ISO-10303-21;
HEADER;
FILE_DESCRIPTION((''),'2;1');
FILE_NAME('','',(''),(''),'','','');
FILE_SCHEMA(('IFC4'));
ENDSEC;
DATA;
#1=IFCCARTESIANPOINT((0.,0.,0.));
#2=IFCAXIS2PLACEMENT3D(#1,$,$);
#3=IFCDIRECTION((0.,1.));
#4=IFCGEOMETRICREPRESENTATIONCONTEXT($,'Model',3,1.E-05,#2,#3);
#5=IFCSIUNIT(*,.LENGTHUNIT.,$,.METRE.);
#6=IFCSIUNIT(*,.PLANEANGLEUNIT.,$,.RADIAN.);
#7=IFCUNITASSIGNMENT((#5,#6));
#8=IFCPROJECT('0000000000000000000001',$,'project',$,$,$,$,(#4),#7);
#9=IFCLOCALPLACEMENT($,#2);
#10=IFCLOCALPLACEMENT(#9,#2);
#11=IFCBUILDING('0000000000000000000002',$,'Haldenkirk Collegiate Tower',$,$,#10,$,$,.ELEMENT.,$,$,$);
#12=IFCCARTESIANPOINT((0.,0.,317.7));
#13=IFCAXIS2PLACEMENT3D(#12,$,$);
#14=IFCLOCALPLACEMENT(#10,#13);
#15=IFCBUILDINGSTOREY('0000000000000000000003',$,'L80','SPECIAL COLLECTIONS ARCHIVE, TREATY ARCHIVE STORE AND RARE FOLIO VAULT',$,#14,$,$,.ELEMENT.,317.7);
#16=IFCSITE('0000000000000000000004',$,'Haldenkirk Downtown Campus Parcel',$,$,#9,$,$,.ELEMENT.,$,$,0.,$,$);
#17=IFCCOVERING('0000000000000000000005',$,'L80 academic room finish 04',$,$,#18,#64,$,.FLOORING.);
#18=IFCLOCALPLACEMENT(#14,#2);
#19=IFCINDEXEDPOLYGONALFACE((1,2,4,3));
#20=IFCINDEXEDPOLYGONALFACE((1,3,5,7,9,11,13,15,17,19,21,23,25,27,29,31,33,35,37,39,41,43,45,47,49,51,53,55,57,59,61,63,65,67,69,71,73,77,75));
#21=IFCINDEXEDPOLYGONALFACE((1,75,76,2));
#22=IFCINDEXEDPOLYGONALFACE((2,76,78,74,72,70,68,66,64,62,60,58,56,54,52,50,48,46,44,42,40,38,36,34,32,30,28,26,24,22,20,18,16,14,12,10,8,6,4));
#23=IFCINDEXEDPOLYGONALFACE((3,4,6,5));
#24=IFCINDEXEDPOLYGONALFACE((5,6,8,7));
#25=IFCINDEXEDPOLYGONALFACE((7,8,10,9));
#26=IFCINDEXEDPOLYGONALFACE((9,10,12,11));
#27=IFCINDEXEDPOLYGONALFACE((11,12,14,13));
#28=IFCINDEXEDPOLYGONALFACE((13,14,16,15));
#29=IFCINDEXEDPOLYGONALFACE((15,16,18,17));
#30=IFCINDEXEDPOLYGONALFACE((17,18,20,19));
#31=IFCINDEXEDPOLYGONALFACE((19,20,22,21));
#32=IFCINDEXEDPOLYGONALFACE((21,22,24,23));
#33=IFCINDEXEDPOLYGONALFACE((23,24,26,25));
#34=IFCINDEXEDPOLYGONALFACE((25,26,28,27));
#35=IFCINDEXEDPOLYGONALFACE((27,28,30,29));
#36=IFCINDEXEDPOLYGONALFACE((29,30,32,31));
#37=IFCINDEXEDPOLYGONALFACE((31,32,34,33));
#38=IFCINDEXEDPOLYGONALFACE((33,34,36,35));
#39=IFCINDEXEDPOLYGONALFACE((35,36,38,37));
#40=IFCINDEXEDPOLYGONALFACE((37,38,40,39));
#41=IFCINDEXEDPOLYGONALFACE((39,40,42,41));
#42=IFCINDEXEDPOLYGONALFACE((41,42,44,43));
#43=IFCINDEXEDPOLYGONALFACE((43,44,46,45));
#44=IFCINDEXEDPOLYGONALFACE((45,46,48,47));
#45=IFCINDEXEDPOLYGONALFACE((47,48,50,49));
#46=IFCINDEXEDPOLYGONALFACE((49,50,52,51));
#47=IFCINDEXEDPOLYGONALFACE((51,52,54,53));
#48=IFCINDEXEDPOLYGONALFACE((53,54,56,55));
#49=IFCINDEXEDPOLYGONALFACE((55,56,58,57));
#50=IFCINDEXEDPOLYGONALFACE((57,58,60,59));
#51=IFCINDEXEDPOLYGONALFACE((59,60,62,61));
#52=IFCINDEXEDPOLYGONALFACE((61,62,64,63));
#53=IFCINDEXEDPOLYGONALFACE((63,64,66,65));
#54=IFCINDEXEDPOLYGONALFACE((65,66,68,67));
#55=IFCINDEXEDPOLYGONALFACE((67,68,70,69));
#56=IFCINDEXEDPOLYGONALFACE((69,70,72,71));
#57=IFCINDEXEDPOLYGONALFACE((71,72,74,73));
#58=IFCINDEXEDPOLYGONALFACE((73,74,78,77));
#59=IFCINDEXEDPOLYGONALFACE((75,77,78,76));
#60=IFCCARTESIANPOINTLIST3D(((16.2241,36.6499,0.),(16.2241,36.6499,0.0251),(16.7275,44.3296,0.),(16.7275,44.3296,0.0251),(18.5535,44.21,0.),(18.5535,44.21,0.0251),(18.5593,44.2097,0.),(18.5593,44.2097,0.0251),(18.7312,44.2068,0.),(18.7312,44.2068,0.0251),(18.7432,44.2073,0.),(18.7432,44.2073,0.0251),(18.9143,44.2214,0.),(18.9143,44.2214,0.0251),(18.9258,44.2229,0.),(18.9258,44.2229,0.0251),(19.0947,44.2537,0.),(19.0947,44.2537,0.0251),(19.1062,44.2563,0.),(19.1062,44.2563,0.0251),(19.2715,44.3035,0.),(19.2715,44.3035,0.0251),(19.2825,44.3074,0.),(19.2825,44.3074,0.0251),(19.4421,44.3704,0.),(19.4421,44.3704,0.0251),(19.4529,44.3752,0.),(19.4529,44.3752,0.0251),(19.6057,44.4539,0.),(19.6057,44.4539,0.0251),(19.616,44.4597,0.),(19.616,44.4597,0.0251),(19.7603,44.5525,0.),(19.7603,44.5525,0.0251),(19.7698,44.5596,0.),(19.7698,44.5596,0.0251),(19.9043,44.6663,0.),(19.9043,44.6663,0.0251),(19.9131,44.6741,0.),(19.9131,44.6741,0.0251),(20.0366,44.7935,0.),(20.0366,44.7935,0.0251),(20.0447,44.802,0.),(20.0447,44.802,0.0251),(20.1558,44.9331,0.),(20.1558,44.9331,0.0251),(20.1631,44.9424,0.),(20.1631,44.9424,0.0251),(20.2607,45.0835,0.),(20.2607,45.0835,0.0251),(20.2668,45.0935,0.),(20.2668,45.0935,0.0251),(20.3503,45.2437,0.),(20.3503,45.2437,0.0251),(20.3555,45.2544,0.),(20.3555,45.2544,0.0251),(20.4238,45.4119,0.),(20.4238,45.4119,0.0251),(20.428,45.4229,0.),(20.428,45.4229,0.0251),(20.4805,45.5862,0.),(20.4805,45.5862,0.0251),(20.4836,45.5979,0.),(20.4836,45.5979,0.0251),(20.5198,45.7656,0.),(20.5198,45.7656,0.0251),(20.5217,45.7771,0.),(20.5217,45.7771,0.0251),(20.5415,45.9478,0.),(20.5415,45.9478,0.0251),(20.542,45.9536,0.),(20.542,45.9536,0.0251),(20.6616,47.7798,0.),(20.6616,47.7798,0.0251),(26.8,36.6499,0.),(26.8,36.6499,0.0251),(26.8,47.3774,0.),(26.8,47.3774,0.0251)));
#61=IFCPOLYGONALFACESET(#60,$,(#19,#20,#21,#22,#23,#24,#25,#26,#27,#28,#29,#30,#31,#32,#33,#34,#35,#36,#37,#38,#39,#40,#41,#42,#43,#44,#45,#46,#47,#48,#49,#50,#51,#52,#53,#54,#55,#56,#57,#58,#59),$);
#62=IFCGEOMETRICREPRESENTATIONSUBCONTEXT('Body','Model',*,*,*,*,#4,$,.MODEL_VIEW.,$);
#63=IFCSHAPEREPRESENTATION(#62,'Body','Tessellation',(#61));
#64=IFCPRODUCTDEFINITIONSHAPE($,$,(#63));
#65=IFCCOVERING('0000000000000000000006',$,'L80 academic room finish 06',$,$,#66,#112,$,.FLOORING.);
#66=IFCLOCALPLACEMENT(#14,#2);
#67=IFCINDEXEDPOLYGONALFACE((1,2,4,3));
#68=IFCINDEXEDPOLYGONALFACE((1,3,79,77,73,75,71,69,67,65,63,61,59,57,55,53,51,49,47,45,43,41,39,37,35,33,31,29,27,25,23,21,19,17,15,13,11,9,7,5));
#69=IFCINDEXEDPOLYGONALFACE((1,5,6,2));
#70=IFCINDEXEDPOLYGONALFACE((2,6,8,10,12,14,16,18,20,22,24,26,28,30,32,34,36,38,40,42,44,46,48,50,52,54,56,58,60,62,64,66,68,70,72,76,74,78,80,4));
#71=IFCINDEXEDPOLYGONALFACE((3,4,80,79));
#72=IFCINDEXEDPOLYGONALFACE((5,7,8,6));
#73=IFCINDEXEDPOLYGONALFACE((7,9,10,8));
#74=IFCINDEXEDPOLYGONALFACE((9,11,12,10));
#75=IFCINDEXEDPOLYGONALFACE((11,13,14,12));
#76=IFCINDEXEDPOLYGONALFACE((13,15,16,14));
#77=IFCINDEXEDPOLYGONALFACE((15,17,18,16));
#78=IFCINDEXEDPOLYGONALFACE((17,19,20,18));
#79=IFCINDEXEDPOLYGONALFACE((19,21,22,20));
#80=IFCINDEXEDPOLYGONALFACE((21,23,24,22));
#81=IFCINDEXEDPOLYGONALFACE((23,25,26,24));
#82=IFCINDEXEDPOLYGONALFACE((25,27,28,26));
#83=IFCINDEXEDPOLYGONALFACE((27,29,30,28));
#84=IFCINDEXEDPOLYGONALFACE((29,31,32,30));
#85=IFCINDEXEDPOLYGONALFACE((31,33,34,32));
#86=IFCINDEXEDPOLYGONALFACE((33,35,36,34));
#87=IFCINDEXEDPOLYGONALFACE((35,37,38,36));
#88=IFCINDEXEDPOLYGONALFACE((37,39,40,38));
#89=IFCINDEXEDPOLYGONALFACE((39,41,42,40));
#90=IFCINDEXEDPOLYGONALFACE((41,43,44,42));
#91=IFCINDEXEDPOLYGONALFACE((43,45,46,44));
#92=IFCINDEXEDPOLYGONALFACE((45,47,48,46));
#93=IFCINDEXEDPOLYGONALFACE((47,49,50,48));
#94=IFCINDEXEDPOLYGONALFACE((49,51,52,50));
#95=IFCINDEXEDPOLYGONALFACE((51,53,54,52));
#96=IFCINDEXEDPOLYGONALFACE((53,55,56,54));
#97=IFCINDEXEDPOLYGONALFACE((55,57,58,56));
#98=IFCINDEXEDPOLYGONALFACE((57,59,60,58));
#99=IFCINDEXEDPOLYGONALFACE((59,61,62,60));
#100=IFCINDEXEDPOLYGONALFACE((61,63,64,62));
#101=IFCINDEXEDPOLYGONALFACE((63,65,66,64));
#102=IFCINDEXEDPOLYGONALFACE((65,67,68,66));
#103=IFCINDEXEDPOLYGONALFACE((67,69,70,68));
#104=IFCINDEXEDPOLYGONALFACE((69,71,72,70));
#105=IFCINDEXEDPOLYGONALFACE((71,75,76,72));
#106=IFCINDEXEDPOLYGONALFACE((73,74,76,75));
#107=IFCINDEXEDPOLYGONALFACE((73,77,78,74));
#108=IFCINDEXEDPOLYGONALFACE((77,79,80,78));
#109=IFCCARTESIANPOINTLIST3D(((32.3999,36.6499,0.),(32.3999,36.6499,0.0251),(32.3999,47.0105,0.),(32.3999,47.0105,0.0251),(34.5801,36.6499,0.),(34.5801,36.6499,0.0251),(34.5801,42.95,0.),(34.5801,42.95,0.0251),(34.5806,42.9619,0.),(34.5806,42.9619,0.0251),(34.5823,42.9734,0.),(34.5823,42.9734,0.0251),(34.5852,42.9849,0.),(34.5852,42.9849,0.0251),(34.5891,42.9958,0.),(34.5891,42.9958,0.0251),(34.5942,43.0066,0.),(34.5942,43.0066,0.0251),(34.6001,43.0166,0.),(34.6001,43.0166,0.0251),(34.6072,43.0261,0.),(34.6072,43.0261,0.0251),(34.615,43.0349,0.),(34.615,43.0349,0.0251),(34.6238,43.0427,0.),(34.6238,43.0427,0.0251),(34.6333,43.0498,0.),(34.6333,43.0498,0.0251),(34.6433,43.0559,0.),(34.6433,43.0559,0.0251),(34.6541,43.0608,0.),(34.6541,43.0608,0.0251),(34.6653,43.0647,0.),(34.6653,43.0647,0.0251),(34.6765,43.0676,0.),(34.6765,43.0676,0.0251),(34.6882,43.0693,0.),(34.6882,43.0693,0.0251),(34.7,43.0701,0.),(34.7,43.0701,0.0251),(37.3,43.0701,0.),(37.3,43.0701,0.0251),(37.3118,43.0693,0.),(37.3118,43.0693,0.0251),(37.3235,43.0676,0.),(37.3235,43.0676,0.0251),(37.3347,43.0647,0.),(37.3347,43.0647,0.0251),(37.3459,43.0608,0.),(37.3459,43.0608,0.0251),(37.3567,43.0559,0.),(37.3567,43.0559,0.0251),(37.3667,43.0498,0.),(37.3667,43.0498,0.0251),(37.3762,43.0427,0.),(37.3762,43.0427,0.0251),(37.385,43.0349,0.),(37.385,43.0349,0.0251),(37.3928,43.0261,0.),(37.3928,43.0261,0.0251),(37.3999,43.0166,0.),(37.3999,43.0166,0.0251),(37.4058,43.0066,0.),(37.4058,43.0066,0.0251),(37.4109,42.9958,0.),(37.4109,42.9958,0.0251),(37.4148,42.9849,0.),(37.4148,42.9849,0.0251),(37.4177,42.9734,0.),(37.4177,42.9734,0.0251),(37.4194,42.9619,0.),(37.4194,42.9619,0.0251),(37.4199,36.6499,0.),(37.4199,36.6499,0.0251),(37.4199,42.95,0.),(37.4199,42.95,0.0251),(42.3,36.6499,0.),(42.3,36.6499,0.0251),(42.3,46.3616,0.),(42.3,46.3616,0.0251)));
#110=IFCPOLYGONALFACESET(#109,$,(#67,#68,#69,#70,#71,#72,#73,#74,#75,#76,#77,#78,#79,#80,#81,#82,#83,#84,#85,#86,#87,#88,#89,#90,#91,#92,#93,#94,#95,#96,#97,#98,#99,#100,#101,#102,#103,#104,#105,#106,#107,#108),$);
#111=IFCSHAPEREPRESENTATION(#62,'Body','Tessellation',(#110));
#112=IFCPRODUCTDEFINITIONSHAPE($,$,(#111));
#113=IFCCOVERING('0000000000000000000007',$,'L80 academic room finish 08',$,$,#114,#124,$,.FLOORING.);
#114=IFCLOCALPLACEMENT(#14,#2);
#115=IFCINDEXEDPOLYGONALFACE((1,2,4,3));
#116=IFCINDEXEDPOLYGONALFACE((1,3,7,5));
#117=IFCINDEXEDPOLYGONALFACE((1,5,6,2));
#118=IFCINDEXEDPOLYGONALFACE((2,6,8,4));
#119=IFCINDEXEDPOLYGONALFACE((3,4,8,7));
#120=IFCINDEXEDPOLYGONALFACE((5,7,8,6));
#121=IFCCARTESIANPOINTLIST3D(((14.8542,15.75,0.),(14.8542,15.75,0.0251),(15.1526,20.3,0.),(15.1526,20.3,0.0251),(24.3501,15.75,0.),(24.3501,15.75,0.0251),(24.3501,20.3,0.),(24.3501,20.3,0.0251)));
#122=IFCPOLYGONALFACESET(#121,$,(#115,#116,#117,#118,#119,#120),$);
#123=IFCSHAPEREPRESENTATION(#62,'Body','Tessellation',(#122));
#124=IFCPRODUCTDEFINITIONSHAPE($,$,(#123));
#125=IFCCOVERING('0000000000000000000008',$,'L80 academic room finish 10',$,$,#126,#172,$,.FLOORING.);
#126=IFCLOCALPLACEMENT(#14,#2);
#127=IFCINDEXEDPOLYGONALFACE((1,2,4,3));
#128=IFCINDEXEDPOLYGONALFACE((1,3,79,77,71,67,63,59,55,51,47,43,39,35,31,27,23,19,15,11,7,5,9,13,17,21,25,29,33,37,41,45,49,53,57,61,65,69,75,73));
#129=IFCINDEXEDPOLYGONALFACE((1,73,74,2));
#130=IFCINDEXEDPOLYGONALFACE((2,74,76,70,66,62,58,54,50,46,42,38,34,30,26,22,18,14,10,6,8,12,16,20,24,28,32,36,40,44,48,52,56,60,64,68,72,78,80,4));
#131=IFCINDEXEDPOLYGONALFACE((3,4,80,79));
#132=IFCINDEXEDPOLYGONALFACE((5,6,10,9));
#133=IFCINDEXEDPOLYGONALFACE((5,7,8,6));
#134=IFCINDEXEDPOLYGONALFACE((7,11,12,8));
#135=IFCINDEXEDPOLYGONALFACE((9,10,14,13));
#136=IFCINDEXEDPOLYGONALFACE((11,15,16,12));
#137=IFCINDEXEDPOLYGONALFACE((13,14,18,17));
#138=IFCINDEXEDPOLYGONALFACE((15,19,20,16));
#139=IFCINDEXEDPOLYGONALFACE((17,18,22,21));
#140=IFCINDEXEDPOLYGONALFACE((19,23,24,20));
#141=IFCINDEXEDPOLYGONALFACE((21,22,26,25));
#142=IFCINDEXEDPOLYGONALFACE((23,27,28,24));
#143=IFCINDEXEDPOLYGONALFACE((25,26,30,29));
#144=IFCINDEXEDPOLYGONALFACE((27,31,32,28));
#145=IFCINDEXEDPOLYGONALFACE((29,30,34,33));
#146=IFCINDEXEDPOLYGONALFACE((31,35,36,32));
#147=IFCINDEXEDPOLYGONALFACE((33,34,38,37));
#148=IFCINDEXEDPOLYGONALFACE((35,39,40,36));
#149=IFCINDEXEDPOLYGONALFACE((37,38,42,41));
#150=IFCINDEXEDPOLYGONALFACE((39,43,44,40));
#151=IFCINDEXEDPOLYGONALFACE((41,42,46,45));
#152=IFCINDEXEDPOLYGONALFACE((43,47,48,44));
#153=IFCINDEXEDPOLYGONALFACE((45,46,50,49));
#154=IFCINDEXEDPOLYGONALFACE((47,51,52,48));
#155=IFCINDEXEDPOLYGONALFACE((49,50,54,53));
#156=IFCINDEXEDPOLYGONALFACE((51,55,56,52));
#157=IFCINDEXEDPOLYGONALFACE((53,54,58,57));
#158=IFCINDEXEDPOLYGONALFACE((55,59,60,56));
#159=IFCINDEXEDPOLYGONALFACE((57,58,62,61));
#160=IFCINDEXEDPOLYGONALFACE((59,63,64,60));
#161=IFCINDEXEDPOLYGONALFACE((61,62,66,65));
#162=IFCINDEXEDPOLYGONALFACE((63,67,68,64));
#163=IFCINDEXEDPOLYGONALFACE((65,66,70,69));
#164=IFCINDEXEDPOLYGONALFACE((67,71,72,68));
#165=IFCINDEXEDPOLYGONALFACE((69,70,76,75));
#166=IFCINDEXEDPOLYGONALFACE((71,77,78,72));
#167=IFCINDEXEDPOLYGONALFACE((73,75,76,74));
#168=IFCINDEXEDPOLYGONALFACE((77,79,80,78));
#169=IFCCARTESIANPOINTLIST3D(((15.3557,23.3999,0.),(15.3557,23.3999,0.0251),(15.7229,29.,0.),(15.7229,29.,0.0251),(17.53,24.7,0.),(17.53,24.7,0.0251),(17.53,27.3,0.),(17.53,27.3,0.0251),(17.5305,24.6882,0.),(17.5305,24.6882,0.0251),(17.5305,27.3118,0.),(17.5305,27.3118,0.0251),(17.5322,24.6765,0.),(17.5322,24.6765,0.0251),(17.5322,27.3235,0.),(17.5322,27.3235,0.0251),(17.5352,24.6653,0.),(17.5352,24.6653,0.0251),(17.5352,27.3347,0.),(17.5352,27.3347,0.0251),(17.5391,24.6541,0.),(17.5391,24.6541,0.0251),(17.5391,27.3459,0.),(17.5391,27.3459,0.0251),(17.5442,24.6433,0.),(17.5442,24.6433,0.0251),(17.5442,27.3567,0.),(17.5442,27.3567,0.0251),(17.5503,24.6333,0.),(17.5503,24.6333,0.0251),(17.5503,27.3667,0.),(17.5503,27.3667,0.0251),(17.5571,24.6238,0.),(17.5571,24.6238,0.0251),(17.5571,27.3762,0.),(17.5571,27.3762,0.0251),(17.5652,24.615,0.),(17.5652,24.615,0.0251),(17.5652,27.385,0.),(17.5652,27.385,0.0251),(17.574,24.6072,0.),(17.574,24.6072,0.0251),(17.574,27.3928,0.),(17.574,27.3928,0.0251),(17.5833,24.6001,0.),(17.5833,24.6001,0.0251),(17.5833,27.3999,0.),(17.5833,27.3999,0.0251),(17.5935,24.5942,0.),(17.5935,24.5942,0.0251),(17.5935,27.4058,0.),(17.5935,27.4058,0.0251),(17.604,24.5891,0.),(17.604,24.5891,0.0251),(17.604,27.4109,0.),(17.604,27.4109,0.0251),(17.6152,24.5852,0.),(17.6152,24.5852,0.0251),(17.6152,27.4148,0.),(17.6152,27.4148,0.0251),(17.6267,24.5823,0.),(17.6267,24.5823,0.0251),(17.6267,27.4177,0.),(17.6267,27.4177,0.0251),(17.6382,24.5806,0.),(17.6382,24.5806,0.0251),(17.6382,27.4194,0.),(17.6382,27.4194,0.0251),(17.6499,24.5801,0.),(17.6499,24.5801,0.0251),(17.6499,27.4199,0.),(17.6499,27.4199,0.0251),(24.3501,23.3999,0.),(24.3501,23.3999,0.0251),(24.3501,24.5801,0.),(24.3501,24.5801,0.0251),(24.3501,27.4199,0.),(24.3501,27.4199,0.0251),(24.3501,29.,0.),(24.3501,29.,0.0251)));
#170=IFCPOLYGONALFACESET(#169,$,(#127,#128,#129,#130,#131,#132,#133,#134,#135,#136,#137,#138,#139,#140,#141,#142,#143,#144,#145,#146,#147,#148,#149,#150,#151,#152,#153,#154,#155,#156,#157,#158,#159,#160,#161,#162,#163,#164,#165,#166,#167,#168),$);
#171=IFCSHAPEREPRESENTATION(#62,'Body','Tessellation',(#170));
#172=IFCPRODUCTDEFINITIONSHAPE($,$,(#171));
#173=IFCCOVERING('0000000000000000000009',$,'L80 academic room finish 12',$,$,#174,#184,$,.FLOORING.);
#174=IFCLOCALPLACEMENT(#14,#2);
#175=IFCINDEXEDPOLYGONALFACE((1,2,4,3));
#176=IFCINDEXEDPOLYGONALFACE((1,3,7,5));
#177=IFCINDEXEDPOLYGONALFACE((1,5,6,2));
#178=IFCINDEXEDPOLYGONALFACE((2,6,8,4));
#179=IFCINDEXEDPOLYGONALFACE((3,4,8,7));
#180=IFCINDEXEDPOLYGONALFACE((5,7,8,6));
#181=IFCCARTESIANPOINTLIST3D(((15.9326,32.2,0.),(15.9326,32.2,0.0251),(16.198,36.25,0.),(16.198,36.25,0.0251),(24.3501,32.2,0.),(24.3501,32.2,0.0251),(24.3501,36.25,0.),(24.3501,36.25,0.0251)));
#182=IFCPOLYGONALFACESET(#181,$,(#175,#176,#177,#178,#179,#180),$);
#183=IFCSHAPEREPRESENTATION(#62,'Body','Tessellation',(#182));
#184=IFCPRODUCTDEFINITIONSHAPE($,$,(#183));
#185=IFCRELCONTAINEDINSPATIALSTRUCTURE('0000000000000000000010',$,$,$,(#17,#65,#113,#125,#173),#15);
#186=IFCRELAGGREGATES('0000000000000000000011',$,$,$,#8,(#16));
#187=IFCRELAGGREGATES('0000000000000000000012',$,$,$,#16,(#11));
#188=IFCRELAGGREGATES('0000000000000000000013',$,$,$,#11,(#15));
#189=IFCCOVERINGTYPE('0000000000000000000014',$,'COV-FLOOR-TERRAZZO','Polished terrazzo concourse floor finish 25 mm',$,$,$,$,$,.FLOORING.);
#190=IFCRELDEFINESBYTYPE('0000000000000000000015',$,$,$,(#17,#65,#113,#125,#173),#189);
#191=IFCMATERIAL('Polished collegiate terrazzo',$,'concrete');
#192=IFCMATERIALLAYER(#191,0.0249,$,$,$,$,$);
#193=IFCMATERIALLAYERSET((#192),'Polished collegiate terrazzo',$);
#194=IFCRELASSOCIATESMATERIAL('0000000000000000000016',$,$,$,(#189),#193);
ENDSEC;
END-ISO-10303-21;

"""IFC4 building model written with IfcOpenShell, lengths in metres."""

from ifc_helpers import new_model, si_unit, direction, frame, origin, place, context, subcontext, project, spatial, polyline, outline, extrude, material, layer, layer_set, type_object, element, save


model = new_model("IFC4")

# Units and contexts
model_context = context("Model", 3, precision=1e-05, world=origin(), true_north=direction((0.0, 1.0)))
body_context = subcontext(model_context, "Body", "Model", "MODEL_VIEW")
ifc_project = project(units=[si_unit("LENGTHUNIT", "METRE"), si_unit("PLANEANGLEUNIT", "RADIAN")], contexts=[model_context])

# Site, building, storey
site_placement = place(None, origin())
site = spatial("IfcSite", under=ifc_project, at=site_placement, Name="Haldenkirk Downtown Campus Parcel", CompositionType="ELEMENT", RefElevation=0.0)
building_placement = place(site_placement, origin())
building = spatial("IfcBuilding", under=site, at=building_placement, Name="Haldenkirk Collegiate Tower", CompositionType="ELEMENT")
storey_placement = place(building_placement, frame((0.0, 0.0, 317.7)))
storey = spatial("IfcBuildingStorey", under=building, at=storey_placement, Name="L80", Description="SPECIAL COLLECTIONS ARCHIVE, TREATY ARCHIVE STORE AND RARE FOLIO VAULT", CompositionType="ELEMENT", Elevation=317.7)

# Coverings
ifc_material_1 = material(Name="Polished collegiate terrazzo", Category="concrete")
ifc_layer_1 = layer(ifc_material_1, 0.0249)
ifc_layer_set_1 = layer_set([ifc_layer_1], Name="Polished collegiate terrazzo")
covering_type_1 = type_object("IfcCoveringType", Name="COV-FLOOR-TERRAZZO", Description="Polished terrazzo concourse floor finish 25 mm", PredefinedType="FLOORING", material=ifc_layer_set_1)
covering_1_placement = place(storey_placement, origin())
element("IfcCovering", 1, at=covering_1_placement, inside=storey, type_object=covering_type_1, Name="L80 academic room finish 04", PredefinedType="FLOORING", context=body_context, shape_type="SweptSolid", body=[
    extrude(outline(polyline([(18.5535, 44.21), (18.5593, 44.2097), (18.7312, 44.2068), (18.7432, 44.2073), (18.9143, 44.2214), (18.9258, 44.2229), (19.0947, 44.2537), (19.1062, 44.2563), (19.2715, 44.3035), (19.2825, 44.3074), (19.4421, 44.3704), (19.4529, 44.3752), (19.6057, 44.4539), (19.616, 44.4597), (19.7603, 44.5525), (19.7698, 44.5596), (19.9043, 44.6663), (19.9131, 44.6741), (20.0366, 44.7935), (20.0447, 44.802), (20.1558, 44.9331), (20.1631, 44.9424), (20.2607, 45.0835), (20.2668, 45.0935), (20.3503, 45.2437), (20.3555, 45.2544), (20.4238, 45.4119), (20.428, 45.4229), (20.4805, 45.5862), (20.4836, 45.5979), (20.5198, 45.7656), (20.5217, 45.7771), (20.5415, 45.9478), (20.542, 45.9536), (20.6616, 47.7798), (26.8, 47.3774), (26.8, 36.6499), (16.2241, 36.6499), (16.7275, 44.3296), (18.5535, 44.21)])), origin(), (0.0, 0.0, 1.0), 0.0251),
])
covering_2_placement = place(storey_placement, origin())
element("IfcCovering", 2, at=covering_2_placement, inside=storey, type_object=covering_type_1, Name="L80 academic room finish 06", PredefinedType="FLOORING", context=body_context, shape_type="SweptSolid", body=[
    extrude(outline(polyline([(42.3, 46.3616), (42.3, 36.6499), (37.4199, 36.6499), (37.4199, 42.95), (37.4194, 42.9619), (37.4177, 42.9734), (37.4148, 42.9849), (37.4109, 42.9958), (37.4058, 43.0066), (37.3999, 43.0166), (37.3928, 43.0261), (37.385, 43.0349), (37.3762, 43.0427), (37.3667, 43.0498), (37.3567, 43.0559), (37.3459, 43.0608), (37.3347, 43.0647), (37.3235, 43.0676), (37.3118, 43.0693), (37.3, 43.0701), (34.7, 43.0701), (34.6882, 43.0693), (34.6765, 43.0676), (34.6653, 43.0647), (34.6541, 43.0608), (34.6433, 43.0559), (34.6333, 43.0498), (34.6238, 43.0427), (34.615, 43.0349), (34.6072, 43.0261), (34.6001, 43.0166), (34.5942, 43.0066), (34.5891, 42.9958), (34.5852, 42.9849), (34.5823, 42.9734), (34.5806, 42.9619), (34.5801, 42.95), (34.5801, 36.6499), (32.3999, 36.6499), (32.3999, 47.0105), (42.3, 46.3616)])), origin(), (0.0, 0.0, 1.0), 0.0251),
])
covering_3_placement = place(storey_placement, origin())
element("IfcCovering", 3, at=covering_3_placement, inside=storey, type_object=covering_type_1, Name="L80 academic room finish 08", PredefinedType="FLOORING", context=body_context, shape_type="SweptSolid", body=[
    extrude(outline(polyline([(15.1526, 20.3), (24.3501, 20.3), (24.3501, 15.75), (14.8542, 15.75), (15.1526, 20.3)])), origin(), (0.0, 0.0, 1.0), 0.0251),
])
covering_4_placement = place(storey_placement, origin())
element("IfcCovering", 4, at=covering_4_placement, inside=storey, type_object=covering_type_1, Name="L80 academic room finish 10", PredefinedType="FLOORING", context=body_context, shape_type="SweptSolid", body=[
    extrude(outline(polyline([(17.6499, 27.4199), (17.6382, 27.4194), (17.6267, 27.4177), (17.6152, 27.4148), (17.604, 27.4109), (17.5935, 27.4058), (17.5833, 27.3999), (17.574, 27.3928), (17.5652, 27.385), (17.5571, 27.3762), (17.5503, 27.3667), (17.5442, 27.3567), (17.5391, 27.3459), (17.5352, 27.3347), (17.5322, 27.3235), (17.5305, 27.3118), (17.53, 27.3), (17.53, 24.7), (17.5305, 24.6882), (17.5322, 24.6765), (17.5352, 24.6653), (17.5391, 24.6541), (17.5442, 24.6433), (17.5503, 24.6333), (17.5571, 24.6238), (17.5652, 24.615), (17.574, 24.6072), (17.5833, 24.6001), (17.5935, 24.5942), (17.604, 24.5891), (17.6152, 24.5852), (17.6267, 24.5823), (17.6382, 24.5806), (17.6499, 24.5801), (24.3501, 24.5801), (24.3501, 23.3999), (15.3557, 23.3999), (15.7229, 29.0), (24.3501, 29.0), (24.3501, 27.4199), (17.6499, 27.4199)])), origin(), (0.0, 0.0, 1.0), 0.0251),
])
covering_5_placement = place(storey_placement, origin())
element("IfcCovering", 5, at=covering_5_placement, inside=storey, type_object=covering_type_1, Name="L80 academic room finish 12", PredefinedType="FLOORING", context=body_context, shape_type="SweptSolid", body=[
    extrude(outline(polyline([(16.198, 36.25), (24.3501, 36.25), (24.3501, 32.2), (15.9326, 32.2), (16.198, 36.25)])), origin(), (0.0, 0.0, 1.0), 0.0251),
])

save(model, "model.ifc")
